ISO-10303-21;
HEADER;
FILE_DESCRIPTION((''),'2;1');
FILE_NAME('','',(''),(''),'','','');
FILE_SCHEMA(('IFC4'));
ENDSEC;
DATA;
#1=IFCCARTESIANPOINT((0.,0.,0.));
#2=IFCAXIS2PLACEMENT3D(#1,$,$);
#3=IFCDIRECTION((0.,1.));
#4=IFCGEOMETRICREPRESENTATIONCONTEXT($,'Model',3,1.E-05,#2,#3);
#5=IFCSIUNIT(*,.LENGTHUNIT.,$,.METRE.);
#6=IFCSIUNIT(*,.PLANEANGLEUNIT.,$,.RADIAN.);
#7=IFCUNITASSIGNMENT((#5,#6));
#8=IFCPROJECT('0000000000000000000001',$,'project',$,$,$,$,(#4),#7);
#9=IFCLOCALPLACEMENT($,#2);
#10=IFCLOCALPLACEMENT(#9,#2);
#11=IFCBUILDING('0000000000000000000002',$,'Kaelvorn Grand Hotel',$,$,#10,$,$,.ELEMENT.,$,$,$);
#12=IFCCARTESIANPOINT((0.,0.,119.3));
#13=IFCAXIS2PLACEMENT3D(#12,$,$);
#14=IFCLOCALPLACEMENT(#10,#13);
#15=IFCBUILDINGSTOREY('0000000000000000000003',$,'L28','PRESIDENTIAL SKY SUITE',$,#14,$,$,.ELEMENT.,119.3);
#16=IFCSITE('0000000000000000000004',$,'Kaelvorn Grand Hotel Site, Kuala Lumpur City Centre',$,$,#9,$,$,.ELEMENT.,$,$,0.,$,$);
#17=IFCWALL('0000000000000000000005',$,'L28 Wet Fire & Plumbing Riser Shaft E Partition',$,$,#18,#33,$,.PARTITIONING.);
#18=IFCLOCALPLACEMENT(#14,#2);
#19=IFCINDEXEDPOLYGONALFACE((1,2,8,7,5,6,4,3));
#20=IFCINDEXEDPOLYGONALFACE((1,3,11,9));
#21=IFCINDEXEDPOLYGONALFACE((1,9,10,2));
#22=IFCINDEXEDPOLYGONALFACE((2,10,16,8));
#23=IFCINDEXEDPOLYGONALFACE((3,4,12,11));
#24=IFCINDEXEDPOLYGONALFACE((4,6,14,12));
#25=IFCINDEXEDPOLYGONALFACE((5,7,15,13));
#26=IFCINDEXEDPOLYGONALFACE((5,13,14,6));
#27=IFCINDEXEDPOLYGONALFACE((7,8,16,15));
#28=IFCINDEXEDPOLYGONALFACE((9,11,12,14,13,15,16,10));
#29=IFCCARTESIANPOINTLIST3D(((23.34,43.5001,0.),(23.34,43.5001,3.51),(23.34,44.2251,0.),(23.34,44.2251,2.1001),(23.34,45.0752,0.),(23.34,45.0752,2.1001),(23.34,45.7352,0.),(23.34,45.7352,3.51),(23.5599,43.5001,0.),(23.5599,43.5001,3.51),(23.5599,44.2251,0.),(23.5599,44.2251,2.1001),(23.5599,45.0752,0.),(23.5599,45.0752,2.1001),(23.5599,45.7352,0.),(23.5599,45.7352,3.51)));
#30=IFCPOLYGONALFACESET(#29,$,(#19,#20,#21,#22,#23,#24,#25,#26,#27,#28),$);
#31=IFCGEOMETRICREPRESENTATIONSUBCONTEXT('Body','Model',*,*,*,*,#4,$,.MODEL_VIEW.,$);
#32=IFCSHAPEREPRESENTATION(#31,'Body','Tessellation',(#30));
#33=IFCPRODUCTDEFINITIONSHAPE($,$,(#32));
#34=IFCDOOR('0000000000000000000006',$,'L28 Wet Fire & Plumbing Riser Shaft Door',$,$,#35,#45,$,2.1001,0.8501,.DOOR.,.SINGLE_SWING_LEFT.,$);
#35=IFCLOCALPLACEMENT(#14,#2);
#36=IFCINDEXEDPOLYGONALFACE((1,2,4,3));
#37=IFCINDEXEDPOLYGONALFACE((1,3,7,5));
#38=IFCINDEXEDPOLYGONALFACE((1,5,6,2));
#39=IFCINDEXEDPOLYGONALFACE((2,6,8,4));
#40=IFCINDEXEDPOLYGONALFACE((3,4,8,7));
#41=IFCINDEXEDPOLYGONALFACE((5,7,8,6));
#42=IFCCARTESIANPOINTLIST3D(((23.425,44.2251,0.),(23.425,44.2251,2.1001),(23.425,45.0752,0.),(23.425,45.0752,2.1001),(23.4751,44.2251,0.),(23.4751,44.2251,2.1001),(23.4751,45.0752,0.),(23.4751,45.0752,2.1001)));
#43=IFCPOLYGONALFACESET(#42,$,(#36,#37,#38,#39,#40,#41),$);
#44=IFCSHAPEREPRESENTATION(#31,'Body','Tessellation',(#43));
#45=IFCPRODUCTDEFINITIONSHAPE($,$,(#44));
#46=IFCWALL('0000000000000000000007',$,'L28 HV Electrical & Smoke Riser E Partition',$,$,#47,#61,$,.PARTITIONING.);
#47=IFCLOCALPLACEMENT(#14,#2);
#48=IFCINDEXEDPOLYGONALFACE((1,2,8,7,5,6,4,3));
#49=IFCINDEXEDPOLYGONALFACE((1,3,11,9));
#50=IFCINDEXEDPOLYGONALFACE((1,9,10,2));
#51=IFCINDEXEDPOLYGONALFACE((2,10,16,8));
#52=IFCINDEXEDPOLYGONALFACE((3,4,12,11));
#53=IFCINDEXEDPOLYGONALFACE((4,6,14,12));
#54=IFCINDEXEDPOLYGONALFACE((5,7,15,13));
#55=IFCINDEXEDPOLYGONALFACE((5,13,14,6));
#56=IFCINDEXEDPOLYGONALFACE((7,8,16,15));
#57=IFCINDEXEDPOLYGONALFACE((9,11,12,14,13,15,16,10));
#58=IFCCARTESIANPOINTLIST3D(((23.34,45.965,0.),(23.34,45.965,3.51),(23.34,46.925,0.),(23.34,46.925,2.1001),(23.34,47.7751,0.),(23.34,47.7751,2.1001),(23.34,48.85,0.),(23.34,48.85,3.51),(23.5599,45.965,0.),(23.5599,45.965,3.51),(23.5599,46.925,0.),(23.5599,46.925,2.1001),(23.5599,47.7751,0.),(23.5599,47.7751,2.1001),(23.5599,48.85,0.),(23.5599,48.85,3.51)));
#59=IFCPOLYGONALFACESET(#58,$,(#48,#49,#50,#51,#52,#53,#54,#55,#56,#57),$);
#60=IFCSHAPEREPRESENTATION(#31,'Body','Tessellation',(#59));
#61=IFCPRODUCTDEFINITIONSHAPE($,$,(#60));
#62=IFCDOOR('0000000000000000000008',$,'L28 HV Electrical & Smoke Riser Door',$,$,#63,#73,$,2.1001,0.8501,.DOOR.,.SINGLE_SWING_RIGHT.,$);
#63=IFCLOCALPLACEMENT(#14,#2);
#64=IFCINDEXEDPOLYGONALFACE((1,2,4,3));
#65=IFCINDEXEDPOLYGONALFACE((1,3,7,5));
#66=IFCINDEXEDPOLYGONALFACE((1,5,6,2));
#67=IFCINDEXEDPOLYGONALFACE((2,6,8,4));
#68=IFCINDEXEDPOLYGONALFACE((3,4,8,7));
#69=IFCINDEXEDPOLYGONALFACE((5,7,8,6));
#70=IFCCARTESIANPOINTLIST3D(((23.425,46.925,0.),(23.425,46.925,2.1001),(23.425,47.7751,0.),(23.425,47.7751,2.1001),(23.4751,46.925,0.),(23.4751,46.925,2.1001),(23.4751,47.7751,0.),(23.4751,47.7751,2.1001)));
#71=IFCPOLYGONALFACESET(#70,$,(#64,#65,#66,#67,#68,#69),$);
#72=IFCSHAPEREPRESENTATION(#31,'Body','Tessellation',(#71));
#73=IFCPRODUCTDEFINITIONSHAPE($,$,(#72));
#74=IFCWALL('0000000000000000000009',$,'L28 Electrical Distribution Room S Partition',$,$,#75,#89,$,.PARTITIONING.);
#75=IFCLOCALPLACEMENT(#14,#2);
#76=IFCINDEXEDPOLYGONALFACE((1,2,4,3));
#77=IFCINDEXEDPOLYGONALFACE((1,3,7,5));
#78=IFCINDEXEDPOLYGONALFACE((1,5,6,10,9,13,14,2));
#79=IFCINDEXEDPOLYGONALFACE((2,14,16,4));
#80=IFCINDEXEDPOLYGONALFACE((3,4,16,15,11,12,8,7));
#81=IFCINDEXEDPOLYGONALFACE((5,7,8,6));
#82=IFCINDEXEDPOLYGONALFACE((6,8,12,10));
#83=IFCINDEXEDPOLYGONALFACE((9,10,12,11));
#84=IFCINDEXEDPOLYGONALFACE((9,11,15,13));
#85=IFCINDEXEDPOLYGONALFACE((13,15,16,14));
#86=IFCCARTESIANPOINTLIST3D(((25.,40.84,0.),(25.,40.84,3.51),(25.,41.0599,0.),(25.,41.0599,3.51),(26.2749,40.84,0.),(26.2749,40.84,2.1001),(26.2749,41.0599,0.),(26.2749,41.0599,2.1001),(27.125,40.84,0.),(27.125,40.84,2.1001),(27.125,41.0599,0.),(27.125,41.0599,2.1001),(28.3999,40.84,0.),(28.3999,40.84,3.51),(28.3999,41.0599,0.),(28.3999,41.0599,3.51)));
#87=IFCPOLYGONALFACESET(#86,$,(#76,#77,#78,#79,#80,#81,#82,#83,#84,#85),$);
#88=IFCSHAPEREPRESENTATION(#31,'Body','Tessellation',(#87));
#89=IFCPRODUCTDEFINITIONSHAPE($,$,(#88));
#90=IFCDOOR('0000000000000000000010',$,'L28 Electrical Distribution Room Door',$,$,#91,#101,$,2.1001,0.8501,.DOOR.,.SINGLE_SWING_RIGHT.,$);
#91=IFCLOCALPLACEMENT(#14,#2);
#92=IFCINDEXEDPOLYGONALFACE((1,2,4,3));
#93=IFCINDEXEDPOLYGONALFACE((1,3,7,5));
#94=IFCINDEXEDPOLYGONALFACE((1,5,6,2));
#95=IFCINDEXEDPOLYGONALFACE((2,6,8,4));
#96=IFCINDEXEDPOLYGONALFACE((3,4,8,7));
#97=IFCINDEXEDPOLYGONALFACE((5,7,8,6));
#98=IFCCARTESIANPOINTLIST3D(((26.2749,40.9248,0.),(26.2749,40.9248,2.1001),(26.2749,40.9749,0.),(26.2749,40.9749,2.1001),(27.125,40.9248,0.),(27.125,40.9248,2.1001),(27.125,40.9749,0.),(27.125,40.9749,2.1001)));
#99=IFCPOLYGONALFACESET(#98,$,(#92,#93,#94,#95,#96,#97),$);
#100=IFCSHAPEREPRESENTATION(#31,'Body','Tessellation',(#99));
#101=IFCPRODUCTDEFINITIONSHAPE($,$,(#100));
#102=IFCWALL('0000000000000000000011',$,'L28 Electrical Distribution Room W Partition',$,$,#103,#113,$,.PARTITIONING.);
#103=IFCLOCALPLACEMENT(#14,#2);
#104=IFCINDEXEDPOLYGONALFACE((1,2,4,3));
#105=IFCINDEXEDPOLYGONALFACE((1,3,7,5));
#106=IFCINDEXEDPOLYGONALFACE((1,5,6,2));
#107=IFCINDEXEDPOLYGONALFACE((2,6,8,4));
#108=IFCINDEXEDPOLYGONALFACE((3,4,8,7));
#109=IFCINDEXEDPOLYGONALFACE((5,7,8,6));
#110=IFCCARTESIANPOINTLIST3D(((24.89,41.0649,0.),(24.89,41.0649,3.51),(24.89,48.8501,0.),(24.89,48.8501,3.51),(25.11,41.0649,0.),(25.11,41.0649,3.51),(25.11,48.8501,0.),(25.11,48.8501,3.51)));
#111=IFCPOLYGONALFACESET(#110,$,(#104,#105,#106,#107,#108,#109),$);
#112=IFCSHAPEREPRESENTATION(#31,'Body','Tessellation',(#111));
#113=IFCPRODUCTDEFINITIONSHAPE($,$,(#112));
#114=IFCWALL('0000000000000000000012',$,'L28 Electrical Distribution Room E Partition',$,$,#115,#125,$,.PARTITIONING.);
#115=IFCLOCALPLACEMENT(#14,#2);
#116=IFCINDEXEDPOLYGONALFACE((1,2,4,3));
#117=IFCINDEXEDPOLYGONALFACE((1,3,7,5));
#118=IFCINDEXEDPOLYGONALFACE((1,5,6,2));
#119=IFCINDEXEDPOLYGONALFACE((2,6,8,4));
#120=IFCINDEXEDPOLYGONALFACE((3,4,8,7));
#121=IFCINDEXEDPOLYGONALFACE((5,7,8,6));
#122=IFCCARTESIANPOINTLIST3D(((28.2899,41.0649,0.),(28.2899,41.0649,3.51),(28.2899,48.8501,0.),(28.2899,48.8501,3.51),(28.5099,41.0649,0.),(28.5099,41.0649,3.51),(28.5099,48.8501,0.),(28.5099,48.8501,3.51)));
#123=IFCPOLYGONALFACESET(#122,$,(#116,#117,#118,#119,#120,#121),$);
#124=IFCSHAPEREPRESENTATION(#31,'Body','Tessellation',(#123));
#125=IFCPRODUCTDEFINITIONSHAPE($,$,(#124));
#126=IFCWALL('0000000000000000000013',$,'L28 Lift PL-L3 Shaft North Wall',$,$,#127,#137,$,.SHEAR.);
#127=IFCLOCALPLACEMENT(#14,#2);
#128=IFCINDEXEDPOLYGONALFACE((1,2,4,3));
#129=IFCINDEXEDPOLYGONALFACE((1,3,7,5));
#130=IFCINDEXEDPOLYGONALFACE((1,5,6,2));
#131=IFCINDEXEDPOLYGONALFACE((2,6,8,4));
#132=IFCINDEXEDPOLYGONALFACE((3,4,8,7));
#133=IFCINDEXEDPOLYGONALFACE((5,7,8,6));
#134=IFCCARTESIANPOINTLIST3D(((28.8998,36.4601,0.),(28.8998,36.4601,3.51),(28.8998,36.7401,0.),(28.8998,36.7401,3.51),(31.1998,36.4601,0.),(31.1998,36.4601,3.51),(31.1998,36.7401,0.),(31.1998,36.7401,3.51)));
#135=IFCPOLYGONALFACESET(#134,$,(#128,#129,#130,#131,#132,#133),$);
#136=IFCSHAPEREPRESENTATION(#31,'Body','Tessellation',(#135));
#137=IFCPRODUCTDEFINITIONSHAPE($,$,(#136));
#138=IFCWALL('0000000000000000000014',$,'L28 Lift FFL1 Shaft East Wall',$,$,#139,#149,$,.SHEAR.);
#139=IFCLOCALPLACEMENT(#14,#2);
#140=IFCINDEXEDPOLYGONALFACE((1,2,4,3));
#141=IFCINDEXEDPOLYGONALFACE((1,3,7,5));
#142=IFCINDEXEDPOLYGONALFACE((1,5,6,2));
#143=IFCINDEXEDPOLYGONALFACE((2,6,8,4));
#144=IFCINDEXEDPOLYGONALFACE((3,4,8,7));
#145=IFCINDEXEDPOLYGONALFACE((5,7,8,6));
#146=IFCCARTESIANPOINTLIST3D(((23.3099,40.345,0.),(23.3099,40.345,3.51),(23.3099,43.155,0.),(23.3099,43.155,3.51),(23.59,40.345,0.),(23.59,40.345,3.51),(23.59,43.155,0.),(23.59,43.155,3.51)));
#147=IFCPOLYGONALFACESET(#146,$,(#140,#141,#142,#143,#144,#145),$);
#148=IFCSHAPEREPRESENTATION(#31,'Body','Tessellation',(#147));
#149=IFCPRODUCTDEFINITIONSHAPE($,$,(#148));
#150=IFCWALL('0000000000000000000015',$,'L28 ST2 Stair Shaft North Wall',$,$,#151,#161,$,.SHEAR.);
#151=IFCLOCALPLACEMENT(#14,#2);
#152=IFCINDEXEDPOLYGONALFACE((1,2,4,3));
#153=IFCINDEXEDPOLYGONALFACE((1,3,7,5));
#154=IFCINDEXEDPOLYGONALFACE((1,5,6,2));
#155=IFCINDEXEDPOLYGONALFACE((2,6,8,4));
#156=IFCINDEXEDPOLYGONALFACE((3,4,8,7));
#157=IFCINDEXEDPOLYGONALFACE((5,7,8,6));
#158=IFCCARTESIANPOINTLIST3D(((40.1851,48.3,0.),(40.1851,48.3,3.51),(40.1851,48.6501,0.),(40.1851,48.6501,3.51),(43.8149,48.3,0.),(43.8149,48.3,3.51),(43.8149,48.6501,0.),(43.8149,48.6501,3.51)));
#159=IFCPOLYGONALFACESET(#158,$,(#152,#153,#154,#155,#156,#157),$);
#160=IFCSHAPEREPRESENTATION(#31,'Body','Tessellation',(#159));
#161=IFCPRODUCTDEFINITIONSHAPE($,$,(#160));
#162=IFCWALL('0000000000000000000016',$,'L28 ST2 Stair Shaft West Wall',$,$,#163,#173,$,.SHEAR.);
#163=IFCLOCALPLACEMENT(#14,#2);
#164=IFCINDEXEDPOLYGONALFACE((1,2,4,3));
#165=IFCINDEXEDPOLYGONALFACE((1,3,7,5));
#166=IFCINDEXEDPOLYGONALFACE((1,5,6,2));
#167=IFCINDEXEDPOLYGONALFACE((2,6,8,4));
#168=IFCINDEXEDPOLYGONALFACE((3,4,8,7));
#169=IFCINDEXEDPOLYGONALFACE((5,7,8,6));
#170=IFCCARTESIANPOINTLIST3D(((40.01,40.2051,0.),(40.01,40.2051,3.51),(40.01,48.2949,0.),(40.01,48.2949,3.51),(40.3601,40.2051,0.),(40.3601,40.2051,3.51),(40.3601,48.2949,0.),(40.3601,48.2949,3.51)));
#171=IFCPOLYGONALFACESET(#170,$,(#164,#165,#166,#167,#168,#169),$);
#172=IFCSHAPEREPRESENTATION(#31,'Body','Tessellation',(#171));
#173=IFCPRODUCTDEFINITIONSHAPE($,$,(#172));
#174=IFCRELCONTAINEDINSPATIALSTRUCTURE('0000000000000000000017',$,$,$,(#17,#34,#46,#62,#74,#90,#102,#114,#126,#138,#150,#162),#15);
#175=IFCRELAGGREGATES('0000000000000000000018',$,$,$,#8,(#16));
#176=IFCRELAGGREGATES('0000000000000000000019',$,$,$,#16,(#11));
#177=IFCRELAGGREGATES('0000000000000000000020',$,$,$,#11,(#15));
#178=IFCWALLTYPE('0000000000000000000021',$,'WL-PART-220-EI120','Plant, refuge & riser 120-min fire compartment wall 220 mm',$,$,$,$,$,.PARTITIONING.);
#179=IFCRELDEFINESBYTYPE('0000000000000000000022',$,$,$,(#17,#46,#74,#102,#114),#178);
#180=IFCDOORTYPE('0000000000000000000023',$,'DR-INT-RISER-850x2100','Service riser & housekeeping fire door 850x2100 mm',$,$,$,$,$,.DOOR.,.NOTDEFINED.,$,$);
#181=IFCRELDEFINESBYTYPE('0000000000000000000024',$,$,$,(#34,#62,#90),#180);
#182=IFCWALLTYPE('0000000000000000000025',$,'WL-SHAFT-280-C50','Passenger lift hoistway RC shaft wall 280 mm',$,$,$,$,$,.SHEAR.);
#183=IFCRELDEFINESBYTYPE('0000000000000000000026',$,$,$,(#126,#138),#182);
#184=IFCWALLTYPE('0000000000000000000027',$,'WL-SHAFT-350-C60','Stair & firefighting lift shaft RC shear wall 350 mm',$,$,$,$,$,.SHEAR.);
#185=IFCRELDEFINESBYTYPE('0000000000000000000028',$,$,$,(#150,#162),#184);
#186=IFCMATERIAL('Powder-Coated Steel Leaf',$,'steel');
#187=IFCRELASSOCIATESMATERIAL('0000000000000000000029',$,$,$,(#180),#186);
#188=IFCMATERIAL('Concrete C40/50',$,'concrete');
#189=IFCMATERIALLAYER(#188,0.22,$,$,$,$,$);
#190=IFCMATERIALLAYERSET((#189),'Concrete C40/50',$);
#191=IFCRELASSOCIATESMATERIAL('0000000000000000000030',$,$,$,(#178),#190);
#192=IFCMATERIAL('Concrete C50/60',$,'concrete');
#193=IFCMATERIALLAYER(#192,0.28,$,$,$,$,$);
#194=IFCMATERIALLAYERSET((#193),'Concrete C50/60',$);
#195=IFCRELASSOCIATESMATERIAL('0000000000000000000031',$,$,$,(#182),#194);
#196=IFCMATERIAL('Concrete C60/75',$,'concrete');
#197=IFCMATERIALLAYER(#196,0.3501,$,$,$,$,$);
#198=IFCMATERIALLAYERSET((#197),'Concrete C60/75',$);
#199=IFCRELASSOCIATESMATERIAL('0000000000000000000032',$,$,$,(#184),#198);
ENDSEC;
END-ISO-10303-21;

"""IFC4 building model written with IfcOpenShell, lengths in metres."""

from ifc_helpers import new_model, si_unit, direction, frame, frame_2d, origin, place, context, subcontext, project, spatial, rectangle, extrude, material, layer, layer_set, type_object, element, fill, save


model = new_model("IFC4")

# Units and contexts
model_context = context("Model", 3, precision=1e-05, world=origin(), true_north=direction((0.0, 1.0)))
body_context = subcontext(model_context, "Body", "Model", "MODEL_VIEW")
ifc_project = project(units=[si_unit("LENGTHUNIT", "METRE"), si_unit("PLANEANGLEUNIT", "RADIAN")], contexts=[model_context])

# Site, building, storey
site_placement = place(None, origin())
site = spatial("IfcSite", under=ifc_project, at=site_placement, Name="Kaelvorn Grand Hotel Site, Kuala Lumpur City Centre", CompositionType="ELEMENT", RefElevation=0.0)
building_placement = place(site_placement, origin())
building = spatial("IfcBuilding", under=site, at=building_placement, Name="Kaelvorn Grand Hotel", CompositionType="ELEMENT")
storey_placement = place(building_placement, frame((0.0, 0.0, 119.3)))
storey = spatial("IfcBuildingStorey", under=building, at=storey_placement, Name="L28", Description="PRESIDENTIAL SKY SUITE", CompositionType="ELEMENT", Elevation=119.3)

# Shared definitions
ifc_material_1 = material(Name="Concrete C60/75", Category="concrete")

# Shared definitions
ifc_material_2 = material(Name="Powder-Coated Steel Leaf", Category="steel")
door_type_1 = type_object("IfcDoorType", Name="DR-INT-RISER-850x2100", Description="Service riser & housekeeping fire door 850x2100 mm", OperationType="NOTDEFINED", PredefinedType="DOOR", material=ifc_material_2)

# Walls, openings, doors
ifc_material_3 = material(Name="Concrete C40/50", Category="concrete")
ifc_layer_1 = layer(ifc_material_3, 0.22)
ifc_layer_set_1 = layer_set([ifc_layer_1], Name="Concrete C40/50")
wall_type_1 = type_object("IfcWallType", Name="WL-PART-220-EI120", Description="Plant, refuge & riser 120-min fire compartment wall 220 mm", PredefinedType="PARTITIONING", material=ifc_layer_set_1)
wall_1_placement = place(storey_placement, frame((23.45, 43.5, 0.0), z_axis=(0.0, 0.0, 1.0), x_axis=(0.0, 1.0, 0.0)))
wall_1 = element("IfcWall", 1, at=wall_1_placement, inside=storey, type_object=wall_type_1, Name="L28 Wet Fire & Plumbing Riser Shaft E Partition", PredefinedType="PARTITIONING", context=body_context, shape_type="SweptSolid", body=[
    extrude(rectangle(XDim=2.2351, YDim=0.22, at=frame_2d((1.1177, 0.0))), origin(), (0.0, 0.0, 1.0), 3.51),
])
opening_1_placement = place(wall_1_placement, frame((0.7251, 0.0, 0.0)))
opening_1 = element("IfcOpeningElement", 2, at=opening_1_placement, cuts=wall_1, PredefinedType="OPENING", context=body_context, shape_type="SweptSolid", body=[
    extrude(rectangle(XDim=0.8501, YDim=2.1001, at=frame_2d((0.425, 1.05))), frame((0.0, 0.1201, 0.0), z_axis=(0.0, -1.0, 0.0), x_axis=(1.0, 0.0, 0.0)), (0.0, 0.0, 1.0), 0.24),
])
door_1_placement = place(opening_1_placement, origin())
door_1 = element("IfcDoor", 3, at=door_1_placement, inside=storey, type_object=door_type_1, Name="L28 Wet Fire & Plumbing Riser Shaft Door", OperationType="SINGLE_SWING_LEFT", OverallHeight=2.1001, OverallWidth=0.8501, PredefinedType="DOOR", context=body_context, shape_type="SweptSolid", body=[
    extrude(rectangle(XDim=0.8501, YDim=2.1001, at=frame_2d((0.425, 1.05))), frame((0.0, 0.0249, 0.0), z_axis=(0.0, -1.0, 0.0), x_axis=(1.0, 0.0, 0.0)), (0.0, 0.0, 1.0), 0.05),
])
fill(opening_1, door_1)
wall_2_placement = place(storey_placement, frame((23.45, 45.9651, 0.0), z_axis=(0.0, 0.0, 1.0), x_axis=(0.0, 1.0, 0.0)))
wall_2 = element("IfcWall", 4, at=wall_2_placement, inside=storey, type_object=wall_type_1, Name="L28 HV Electrical & Smoke Riser E Partition", PredefinedType="PARTITIONING", context=body_context, shape_type="SweptSolid", body=[
    extrude(rectangle(XDim=2.885, YDim=0.22, at=frame_2d((1.4424, 0.0))), origin(), (0.0, 0.0, 1.0), 3.51),
])
opening_2_placement = place(wall_2_placement, frame((0.96, 0.0, 0.0)))
opening_2 = element("IfcOpeningElement", 5, at=opening_2_placement, cuts=wall_2, PredefinedType="OPENING", context=body_context, shape_type="SweptSolid", body=[
    extrude(rectangle(XDim=0.8501, YDim=2.1001, at=frame_2d((0.425, 1.05))), frame((0.0, 0.1201, 0.0), z_axis=(0.0, -1.0, 0.0), x_axis=(1.0, 0.0, 0.0)), (0.0, 0.0, 1.0), 0.24),
])
door_2_placement = place(opening_2_placement, origin())
door_2 = element("IfcDoor", 6, at=door_2_placement, inside=storey, type_object=door_type_1, Name="L28 HV Electrical & Smoke Riser Door", OperationType="SINGLE_SWING_RIGHT", OverallHeight=2.1001, OverallWidth=0.8501, PredefinedType="DOOR", context=body_context, shape_type="SweptSolid", body=[
    extrude(rectangle(XDim=0.8501, YDim=2.1001, at=frame_2d((0.425, 1.05))), frame((0.0, 0.0249, 0.0), z_axis=(0.0, -1.0, 0.0), x_axis=(1.0, 0.0, 0.0)), (0.0, 0.0, 1.0), 0.05),
])
fill(opening_2, door_2)
wall_3_placement = place(storey_placement, frame((25.0, 40.95, 0.0), z_axis=(0.0, 0.0, 1.0), x_axis=(1.0, 0.0, 0.0)))
wall_3 = element("IfcWall", 7, at=wall_3_placement, inside=storey, type_object=wall_type_1, Name="L28 Electrical Distribution Room S Partition", PredefinedType="PARTITIONING", context=body_context, shape_type="SweptSolid", body=[
    extrude(rectangle(XDim=3.3999, YDim=0.22, at=frame_2d((1.7, 0.0))), origin(), (0.0, 0.0, 1.0), 3.51),
])
opening_3_placement = place(wall_3_placement, frame((1.2749, 0.0, 0.0)))
opening_3 = element("IfcOpeningElement", 8, at=opening_3_placement, cuts=wall_3, PredefinedType="OPENING", context=body_context, shape_type="SweptSolid", body=[
    extrude(rectangle(XDim=0.8501, YDim=2.1001, at=frame_2d((0.425, 1.05))), frame((0.0, 0.1201, 0.0), z_axis=(0.0, -1.0, 0.0), x_axis=(1.0, 0.0, 0.0)), (0.0, 0.0, 1.0), 0.24),
])
door_3_placement = place(opening_3_placement, origin())
door_3 = element("IfcDoor", 9, at=door_3_placement, inside=storey, type_object=door_type_1, Name="L28 Electrical Distribution Room Door", OperationType="SINGLE_SWING_RIGHT", OverallHeight=2.1001, OverallWidth=0.8501, PredefinedType="DOOR", context=body_context, shape_type="SweptSolid", body=[
    extrude(rectangle(XDim=0.8501, YDim=2.1001, at=frame_2d((0.425, 1.05))), frame((0.0, 0.0249, 0.0), z_axis=(0.0, -1.0, 0.0), x_axis=(1.0, 0.0, 0.0)), (0.0, 0.0, 1.0), 0.05),
])
fill(opening_3, door_3)

# Walls
for number, where, z_axis, x_axis, name in (
    (10, (25.0, 41.0649, 0.0), (0.0, 0.0, 1.0), (0.0, 1.0, 0.0), "L28 Electrical Distribution Room W Partition"),
    (11, (28.3999, 41.0649, 0.0), (0.0, 0.0, 1.0), (0.0, 1.0, 0.0), "L28 Electrical Distribution Room E Partition"),
):
    element("IfcWall", number, at=place(storey_placement, frame(where, z_axis=z_axis, x_axis=x_axis)), inside=storey, type_object=wall_type_1, Name=name, PredefinedType="PARTITIONING", context=body_context, shape_type="SweptSolid", body=[
        extrude(rectangle(XDim=7.7852, YDim=0.22, at=frame_2d((3.8926, 0.0))), origin(), (0.0, 0.0, 1.0), 3.51),
    ])
ifc_material_4 = material(Name="Concrete C50/60", Category="concrete")
ifc_layer_2 = layer(ifc_material_4, 0.28)
ifc_layer_set_2 = layer_set([ifc_layer_2], Name="Concrete C50/60")
wall_type_2 = type_object("IfcWallType", Name="WL-SHAFT-280-C50", Description="Passenger lift hoistway RC shaft wall 280 mm", PredefinedType="SHEAR", material=ifc_layer_set_2)
wall_4_placement = place(storey_placement, frame((28.8999, 36.6001, 0.0), z_axis=(0.0, 0.0, 1.0), x_axis=(1.0, 0.0, 0.0)))
element("IfcWall", 12, at=wall_4_placement, inside=storey, type_object=wall_type_2, Name="L28 Lift PL-L3 Shaft North Wall", PredefinedType="SHEAR", context=body_context, shape_type="SweptSolid", body=[
    extrude(rectangle(XDim=2.3, YDim=0.28, at=frame_2d((1.1499, 0.0))), origin(), (0.0, 0.0, 1.0), 3.51),
])
wall_5_placement = place(storey_placement, frame((23.45, 40.345, 0.0), z_axis=(0.0, 0.0, 1.0), x_axis=(0.0, 1.0, 0.0)))
element("IfcWall", 13, at=wall_5_placement, inside=storey, type_object=wall_type_2, Name="L28 Lift FFL1 Shaft East Wall", PredefinedType="SHEAR", context=body_context, shape_type="SweptSolid", body=[
    extrude(rectangle(XDim=2.8101, YDim=0.28, at=frame_2d((1.405, 0.0))), origin(), (0.0, 0.0, 1.0), 3.51),
])

# Shared definitions
ifc_layer_3 = layer(ifc_material_1, 0.3501)
ifc_layer_set_3 = layer_set([ifc_layer_3], Name="Concrete C60/75")
wall_type_3 = type_object("IfcWallType", Name="WL-SHAFT-350-C60", Description="Stair & firefighting lift shaft RC shear wall 350 mm", PredefinedType="SHEAR", material=ifc_layer_set_3)

# Walls
wall_6_placement = place(storey_placement, frame((40.1851, 48.4751, 0.0), z_axis=(0.0, 0.0, 1.0), x_axis=(1.0, 0.0, 0.0)))
element("IfcWall", 14, at=wall_6_placement, inside=storey, type_object=wall_type_3, Name="L28 ST2 Stair Shaft North Wall", PredefinedType="SHEAR", context=body_context, shape_type="SweptSolid", body=[
    extrude(rectangle(XDim=3.6299, YDim=0.3501, at=frame_2d((1.8149, 0.0))), origin(), (0.0, 0.0, 1.0), 3.51),
])
wall_7_placement = place(storey_placement, frame((40.1851, 40.2051, 0.0), z_axis=(0.0, 0.0, 1.0), x_axis=(0.0, 1.0, 0.0)))
element("IfcWall", 15, at=wall_7_placement, inside=storey, type_object=wall_type_3, Name="L28 ST2 Stair Shaft West Wall", PredefinedType="SHEAR", context=body_context, shape_type="SweptSolid", body=[
    extrude(rectangle(XDim=8.0898, YDim=0.3501, at=frame_2d((4.0449, 0.0))), origin(), (0.0, 0.0, 1.0), 3.51),
])

save(model, "model.ifc")
